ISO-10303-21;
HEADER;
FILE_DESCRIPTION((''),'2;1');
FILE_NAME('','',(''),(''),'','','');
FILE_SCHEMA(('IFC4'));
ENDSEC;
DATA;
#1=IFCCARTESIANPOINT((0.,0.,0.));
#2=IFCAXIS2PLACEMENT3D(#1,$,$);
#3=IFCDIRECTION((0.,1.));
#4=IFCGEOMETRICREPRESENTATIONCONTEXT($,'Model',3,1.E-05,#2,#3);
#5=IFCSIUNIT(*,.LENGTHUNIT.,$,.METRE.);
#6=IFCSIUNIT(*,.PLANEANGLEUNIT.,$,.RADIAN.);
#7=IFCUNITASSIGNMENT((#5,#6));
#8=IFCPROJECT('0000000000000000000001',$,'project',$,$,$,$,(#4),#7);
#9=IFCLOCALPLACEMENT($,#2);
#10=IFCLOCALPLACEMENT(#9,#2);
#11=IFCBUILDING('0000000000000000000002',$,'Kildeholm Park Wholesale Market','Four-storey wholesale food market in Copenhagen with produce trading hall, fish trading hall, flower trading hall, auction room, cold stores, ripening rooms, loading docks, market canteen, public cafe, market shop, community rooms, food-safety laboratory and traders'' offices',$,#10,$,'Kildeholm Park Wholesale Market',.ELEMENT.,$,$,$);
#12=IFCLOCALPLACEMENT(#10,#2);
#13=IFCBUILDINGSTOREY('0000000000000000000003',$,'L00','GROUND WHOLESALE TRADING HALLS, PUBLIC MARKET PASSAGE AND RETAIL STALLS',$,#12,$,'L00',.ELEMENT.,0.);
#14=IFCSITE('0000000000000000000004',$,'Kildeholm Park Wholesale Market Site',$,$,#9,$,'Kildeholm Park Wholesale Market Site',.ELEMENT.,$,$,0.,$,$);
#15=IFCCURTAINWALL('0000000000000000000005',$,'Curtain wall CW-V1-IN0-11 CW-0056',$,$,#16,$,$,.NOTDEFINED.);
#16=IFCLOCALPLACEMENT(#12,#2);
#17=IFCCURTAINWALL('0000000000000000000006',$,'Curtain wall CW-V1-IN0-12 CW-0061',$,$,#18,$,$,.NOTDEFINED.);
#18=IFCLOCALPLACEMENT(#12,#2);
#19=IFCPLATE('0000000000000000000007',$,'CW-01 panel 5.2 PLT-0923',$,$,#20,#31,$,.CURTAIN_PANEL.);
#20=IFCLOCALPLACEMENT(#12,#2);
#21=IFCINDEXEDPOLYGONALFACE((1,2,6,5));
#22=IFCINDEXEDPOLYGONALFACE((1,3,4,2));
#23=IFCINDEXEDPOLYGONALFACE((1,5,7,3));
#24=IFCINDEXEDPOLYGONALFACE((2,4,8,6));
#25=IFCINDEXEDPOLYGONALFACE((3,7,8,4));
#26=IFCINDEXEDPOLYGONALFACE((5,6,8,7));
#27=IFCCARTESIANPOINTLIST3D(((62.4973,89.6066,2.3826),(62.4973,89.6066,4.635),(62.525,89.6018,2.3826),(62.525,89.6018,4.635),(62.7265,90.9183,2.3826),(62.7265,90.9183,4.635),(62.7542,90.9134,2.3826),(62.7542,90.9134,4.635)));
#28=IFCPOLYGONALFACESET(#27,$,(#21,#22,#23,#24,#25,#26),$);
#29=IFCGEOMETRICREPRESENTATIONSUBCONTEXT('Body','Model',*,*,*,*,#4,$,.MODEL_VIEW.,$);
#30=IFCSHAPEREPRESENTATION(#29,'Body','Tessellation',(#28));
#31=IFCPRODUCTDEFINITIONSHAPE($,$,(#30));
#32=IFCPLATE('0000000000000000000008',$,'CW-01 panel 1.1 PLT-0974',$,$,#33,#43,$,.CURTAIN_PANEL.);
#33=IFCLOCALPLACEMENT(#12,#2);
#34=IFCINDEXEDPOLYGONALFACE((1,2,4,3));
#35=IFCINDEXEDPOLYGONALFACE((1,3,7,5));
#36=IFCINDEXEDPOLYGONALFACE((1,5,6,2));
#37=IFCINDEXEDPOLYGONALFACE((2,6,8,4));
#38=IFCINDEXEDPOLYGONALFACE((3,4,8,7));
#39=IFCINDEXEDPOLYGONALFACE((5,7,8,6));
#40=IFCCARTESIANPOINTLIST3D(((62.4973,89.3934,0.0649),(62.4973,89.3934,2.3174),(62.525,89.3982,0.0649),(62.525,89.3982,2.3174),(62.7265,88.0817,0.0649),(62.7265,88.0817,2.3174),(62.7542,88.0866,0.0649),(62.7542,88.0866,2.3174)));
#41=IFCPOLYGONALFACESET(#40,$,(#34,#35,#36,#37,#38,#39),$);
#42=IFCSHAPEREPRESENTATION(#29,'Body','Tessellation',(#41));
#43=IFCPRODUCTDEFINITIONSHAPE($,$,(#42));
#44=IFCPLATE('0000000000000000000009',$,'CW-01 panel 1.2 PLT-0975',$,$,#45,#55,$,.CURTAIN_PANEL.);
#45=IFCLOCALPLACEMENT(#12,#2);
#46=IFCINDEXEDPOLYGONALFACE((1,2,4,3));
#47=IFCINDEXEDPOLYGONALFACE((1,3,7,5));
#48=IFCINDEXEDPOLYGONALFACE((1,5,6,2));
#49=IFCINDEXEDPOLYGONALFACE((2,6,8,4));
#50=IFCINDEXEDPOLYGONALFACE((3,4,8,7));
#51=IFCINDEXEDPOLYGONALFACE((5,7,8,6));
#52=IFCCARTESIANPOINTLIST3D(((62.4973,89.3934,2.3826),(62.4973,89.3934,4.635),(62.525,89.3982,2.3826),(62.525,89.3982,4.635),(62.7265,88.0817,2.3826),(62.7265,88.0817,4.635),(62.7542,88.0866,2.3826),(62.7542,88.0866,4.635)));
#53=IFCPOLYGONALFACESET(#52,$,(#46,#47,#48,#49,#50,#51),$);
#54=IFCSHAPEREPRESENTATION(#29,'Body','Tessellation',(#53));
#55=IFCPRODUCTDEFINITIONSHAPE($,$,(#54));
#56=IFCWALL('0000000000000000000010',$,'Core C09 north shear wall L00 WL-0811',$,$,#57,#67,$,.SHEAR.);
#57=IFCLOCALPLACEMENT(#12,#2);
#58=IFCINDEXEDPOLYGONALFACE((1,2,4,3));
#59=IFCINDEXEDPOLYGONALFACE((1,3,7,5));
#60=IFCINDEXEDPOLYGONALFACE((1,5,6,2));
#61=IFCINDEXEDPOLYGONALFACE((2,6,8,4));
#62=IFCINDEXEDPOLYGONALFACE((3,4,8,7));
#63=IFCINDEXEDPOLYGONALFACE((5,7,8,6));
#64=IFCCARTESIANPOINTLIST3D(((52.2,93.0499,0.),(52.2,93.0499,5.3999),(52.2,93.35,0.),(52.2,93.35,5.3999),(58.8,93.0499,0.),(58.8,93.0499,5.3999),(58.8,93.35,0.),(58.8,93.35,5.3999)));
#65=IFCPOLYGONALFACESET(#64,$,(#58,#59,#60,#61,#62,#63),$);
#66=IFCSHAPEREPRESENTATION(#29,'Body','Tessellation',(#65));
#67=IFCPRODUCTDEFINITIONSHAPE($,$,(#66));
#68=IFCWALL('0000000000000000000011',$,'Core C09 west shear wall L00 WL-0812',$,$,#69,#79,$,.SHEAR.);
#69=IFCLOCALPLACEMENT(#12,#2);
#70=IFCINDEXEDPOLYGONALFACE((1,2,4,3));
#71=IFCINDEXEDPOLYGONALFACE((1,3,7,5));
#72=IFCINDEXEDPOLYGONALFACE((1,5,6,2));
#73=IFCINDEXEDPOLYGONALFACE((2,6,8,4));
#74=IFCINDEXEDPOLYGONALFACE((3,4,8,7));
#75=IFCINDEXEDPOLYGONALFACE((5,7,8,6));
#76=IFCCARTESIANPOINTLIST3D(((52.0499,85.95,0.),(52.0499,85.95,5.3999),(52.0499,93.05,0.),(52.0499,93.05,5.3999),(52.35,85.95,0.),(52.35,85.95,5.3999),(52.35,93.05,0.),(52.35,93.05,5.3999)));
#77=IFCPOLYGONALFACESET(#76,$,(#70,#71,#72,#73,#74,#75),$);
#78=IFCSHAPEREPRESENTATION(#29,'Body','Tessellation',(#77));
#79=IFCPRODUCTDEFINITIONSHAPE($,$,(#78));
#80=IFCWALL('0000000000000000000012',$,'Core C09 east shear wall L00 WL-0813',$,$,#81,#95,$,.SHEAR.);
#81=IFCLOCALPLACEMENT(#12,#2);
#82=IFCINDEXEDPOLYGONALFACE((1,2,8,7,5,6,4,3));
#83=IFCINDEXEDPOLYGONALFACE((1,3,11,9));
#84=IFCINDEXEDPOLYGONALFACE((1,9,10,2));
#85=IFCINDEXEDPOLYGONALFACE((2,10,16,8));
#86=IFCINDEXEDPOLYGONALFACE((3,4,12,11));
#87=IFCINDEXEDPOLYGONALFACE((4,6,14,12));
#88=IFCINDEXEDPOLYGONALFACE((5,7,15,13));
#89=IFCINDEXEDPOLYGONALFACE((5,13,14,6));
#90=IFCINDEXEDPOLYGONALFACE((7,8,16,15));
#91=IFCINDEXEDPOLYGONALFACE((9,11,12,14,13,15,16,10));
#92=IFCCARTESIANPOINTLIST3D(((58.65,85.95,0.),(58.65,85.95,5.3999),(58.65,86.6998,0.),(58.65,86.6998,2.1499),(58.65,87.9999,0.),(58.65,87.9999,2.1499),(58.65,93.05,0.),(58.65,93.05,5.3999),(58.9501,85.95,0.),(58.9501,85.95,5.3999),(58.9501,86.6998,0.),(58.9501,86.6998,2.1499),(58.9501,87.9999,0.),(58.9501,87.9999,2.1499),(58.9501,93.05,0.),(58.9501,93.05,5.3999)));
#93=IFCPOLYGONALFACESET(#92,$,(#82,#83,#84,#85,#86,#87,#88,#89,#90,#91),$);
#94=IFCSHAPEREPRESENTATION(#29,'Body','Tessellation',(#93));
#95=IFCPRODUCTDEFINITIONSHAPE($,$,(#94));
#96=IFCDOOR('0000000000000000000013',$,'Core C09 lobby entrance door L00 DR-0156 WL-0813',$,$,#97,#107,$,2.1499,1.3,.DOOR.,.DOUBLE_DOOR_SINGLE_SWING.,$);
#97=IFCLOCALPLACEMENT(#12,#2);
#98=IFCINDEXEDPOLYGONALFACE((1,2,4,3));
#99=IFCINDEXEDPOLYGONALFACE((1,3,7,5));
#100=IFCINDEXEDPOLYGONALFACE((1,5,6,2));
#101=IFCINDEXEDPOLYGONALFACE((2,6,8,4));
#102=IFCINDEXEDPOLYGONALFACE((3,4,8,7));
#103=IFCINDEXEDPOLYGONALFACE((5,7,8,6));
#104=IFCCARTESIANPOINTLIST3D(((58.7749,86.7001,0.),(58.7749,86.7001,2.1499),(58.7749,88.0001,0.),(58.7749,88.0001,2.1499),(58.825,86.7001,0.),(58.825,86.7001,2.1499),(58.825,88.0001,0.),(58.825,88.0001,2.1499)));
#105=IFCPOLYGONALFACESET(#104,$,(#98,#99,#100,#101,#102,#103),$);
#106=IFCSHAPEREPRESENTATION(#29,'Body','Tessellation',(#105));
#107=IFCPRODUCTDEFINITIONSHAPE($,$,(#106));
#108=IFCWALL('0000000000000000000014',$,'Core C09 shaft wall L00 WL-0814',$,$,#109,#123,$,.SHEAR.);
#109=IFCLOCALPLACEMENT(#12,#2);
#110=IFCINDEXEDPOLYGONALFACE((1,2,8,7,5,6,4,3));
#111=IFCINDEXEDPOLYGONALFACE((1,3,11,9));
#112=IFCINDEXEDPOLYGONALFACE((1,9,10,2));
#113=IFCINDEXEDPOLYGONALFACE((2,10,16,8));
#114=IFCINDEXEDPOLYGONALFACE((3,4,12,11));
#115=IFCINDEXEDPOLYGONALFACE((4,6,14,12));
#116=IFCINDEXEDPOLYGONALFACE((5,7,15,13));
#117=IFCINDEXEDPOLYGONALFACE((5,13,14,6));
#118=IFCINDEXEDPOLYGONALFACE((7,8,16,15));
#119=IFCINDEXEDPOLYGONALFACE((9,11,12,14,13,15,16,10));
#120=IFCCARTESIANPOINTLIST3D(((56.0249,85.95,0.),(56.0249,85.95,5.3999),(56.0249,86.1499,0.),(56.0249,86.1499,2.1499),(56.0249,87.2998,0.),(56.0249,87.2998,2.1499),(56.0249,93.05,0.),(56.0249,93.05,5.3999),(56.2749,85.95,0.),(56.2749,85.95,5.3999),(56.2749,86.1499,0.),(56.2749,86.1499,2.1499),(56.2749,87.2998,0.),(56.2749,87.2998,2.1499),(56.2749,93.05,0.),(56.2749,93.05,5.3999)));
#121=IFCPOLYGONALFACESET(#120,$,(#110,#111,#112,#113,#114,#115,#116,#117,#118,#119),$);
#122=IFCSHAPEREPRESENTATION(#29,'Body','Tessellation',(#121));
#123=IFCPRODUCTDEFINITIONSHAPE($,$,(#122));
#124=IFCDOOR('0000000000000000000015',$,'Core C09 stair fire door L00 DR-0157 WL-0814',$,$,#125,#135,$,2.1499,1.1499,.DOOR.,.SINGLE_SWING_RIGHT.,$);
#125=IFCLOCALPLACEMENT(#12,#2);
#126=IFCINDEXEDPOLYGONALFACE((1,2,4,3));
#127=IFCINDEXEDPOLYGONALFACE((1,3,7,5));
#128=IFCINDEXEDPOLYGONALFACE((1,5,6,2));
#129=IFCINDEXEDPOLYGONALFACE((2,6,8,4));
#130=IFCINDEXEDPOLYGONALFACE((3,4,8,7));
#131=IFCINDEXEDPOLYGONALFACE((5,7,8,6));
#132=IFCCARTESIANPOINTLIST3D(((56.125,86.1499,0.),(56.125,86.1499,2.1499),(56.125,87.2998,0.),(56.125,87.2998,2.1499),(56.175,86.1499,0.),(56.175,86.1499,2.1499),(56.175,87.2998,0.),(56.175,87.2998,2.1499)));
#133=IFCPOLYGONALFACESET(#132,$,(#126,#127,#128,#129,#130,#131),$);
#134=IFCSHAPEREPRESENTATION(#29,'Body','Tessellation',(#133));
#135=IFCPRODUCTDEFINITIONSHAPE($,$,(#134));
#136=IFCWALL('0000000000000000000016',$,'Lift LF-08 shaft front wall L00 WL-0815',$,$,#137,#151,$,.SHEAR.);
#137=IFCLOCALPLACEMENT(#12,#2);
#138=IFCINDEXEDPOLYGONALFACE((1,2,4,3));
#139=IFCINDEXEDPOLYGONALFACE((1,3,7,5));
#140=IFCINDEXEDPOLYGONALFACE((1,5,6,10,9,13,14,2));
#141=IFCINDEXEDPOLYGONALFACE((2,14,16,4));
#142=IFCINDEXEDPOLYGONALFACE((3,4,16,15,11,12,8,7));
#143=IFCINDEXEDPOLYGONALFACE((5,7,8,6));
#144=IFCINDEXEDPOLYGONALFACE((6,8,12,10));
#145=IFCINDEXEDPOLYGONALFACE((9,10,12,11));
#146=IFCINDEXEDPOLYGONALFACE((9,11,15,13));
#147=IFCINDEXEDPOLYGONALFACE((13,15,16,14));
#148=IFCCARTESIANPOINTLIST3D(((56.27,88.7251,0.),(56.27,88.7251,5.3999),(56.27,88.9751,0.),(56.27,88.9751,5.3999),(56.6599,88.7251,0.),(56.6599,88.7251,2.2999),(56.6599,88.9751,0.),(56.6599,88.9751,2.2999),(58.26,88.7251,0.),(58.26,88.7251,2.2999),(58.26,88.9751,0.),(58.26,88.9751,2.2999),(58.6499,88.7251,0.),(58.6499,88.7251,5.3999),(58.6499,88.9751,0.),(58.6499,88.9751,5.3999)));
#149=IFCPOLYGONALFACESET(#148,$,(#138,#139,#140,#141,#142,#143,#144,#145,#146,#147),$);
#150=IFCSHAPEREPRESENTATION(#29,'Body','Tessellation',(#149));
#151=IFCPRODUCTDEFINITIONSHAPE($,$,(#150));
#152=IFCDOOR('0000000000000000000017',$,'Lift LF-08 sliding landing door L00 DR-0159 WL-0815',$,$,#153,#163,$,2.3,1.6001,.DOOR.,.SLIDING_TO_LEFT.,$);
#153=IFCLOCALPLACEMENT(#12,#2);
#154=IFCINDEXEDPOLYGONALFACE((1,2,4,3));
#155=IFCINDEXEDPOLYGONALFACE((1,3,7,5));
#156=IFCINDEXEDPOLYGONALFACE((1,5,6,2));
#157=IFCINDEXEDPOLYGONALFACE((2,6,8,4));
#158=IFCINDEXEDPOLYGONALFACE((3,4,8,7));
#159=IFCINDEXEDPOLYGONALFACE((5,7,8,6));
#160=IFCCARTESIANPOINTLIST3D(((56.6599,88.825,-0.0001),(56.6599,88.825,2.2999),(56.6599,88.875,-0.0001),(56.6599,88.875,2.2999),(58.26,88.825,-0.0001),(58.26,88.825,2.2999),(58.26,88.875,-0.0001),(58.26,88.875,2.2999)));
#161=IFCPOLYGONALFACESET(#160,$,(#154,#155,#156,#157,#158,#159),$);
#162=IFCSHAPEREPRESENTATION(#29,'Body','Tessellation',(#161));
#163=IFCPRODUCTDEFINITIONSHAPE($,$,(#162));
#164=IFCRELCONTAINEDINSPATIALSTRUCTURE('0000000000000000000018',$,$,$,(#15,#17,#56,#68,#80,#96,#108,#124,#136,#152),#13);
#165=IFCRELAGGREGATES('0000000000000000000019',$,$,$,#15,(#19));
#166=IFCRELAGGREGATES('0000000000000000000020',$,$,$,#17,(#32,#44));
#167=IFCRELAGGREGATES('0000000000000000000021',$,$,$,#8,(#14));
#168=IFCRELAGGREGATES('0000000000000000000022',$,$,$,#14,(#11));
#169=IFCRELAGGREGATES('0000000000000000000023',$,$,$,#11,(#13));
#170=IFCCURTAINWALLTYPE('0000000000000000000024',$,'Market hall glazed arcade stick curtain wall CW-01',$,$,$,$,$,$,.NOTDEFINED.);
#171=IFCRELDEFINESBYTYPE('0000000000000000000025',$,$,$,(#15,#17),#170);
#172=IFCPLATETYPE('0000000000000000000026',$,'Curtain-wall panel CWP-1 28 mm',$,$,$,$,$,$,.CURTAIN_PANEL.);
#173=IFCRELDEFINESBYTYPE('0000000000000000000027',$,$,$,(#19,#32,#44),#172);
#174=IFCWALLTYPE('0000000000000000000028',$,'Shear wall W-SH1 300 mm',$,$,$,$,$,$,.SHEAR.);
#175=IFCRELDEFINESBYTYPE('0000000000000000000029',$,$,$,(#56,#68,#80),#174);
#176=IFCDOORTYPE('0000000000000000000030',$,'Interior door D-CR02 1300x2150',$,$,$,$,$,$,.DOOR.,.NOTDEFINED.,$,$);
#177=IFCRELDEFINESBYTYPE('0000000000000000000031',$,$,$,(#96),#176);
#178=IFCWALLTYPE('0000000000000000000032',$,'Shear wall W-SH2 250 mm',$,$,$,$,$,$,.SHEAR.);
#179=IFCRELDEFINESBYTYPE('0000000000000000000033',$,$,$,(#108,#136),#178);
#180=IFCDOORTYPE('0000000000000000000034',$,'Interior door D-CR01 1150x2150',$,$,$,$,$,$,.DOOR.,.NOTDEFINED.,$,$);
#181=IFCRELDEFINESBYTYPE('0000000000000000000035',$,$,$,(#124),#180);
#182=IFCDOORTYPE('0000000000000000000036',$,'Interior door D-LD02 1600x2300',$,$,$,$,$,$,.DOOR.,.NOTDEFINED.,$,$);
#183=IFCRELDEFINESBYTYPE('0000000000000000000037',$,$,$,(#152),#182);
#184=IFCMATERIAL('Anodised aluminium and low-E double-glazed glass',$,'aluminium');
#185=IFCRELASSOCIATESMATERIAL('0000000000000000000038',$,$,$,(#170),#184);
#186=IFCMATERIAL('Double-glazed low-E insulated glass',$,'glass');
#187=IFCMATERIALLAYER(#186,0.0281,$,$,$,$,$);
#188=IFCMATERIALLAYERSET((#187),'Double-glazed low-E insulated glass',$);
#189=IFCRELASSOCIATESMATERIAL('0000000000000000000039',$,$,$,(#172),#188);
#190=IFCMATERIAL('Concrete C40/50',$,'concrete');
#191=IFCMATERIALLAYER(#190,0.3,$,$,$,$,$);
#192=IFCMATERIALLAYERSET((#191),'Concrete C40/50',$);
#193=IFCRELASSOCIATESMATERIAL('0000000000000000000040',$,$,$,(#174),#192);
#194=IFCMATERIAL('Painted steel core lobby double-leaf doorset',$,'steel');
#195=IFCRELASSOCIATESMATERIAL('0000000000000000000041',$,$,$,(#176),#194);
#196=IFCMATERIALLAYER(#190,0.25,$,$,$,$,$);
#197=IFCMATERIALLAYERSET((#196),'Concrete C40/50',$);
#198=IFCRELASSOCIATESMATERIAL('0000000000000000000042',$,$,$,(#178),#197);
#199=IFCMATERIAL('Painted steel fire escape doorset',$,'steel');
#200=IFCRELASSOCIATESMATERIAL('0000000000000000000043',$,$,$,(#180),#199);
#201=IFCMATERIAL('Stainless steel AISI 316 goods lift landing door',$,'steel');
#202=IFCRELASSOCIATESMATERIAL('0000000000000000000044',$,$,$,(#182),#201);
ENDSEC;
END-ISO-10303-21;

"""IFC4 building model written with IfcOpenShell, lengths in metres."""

from ifc_helpers import new_model, si_unit, direction, frame, frame_2d, origin, origin_2d, place, context, subcontext, project, spatial, rectangle, extrude, material, layer, layer_set, type_object, element, fill, aggregate, save


model = new_model("IFC4")

# Units and contexts
model_context = context("Model", 3, precision=1e-05, world=origin(), true_north=direction((0.0, 1.0)))
body_context = subcontext(model_context, "Body", "Model", "MODEL_VIEW")
ifc_project = project(units=[si_unit("LENGTHUNIT", "METRE"), si_unit("PLANEANGLEUNIT", "RADIAN")], contexts=[model_context])

# Site, building, storey
site_placement = place(None, origin())
site = spatial("IfcSite", under=ifc_project, at=site_placement, Name="Kildeholm Park Wholesale Market Site", LongName="Kildeholm Park Wholesale Market Site", CompositionType="ELEMENT", RefElevation=0.0)
building_placement = place(site_placement, origin())
building = spatial("IfcBuilding", under=site, at=building_placement, Name="Kildeholm Park Wholesale Market", Description="Four-storey wholesale food market in Copenhagen with produce trading hall, fish trading hall, flower trading hall, auction room, cold stores, ripening rooms, loading docks, market canteen, public cafe, market shop, community rooms, food-safety laboratory and traders' offices", LongName="Kildeholm Park Wholesale Market", CompositionType="ELEMENT")
storey_placement = place(building_placement, origin())
storey = spatial("IfcBuildingStorey", under=building, at=storey_placement, Name="L00", Description="GROUND WHOLESALE TRADING HALLS, PUBLIC MARKET PASSAGE AND RETAIL STALLS", LongName="L00", CompositionType="ELEMENT", Elevation=0.0)

# Curtain walls
ifc_material_1 = material(Name="Anodised aluminium and low-E double-glazed glass", Category="aluminium")
curtain_wall_type = type_object("IfcCurtainWallType", Name="Market hall glazed arcade stick curtain wall CW-01", PredefinedType="NOTDEFINED", material=ifc_material_1)
curtain_wall_1_placement = place(storey_placement, origin())
curtain_wall_1 = element("IfcCurtainWall", 1, at=curtain_wall_1_placement, inside=storey, type_object=curtain_wall_type, Name="Curtain wall CW-V1-IN0-11 CW-0056", PredefinedType="NOTDEFINED")
curtain_wall_2_placement = place(storey_placement, origin())
curtain_wall_2 = element("IfcCurtainWall", 2, at=curtain_wall_2_placement, inside=storey, type_object=curtain_wall_type, Name="Curtain wall CW-V1-IN0-12 CW-0061", PredefinedType="NOTDEFINED")

# Plates
ifc_material_2 = material(Name="Double-glazed low-E insulated glass", Category="glass")
ifc_layer_1 = layer(ifc_material_2, 0.0281)
ifc_layer_set_1 = layer_set([ifc_layer_1], Name="Double-glazed low-E insulated glass")
plate_type = type_object("IfcPlateType", Name="Curtain-wall panel CWP-1 28 mm", PredefinedType="CURTAIN_PANEL", material=ifc_layer_set_1)
plate_1_placement = place(storey_placement, frame((62.6257, 90.26, 2.3826), z_axis=(0.0, 0.0, 1.0), x_axis=(-0.172133, -0.985074, 0.0)))
plate_1 = element("IfcPlate", 3, at=plate_1_placement, type_object=plate_type, Name="CW-01 panel 5.2 PLT-0923", PredefinedType="CURTAIN_PANEL", context=body_context, shape_type="SweptSolid", body=[
    extrude(rectangle(XDim=1.3315, YDim=0.0281, at=origin_2d()), origin(), (0.0, 0.0, 1.0), 2.2524),
])
aggregate(curtain_wall_1, [plate_1])
plate_2_placement = place(storey_placement, frame((62.6257, 88.74, 0.0649), z_axis=(0.0, 0.0, 1.0), x_axis=(0.172133, -0.985074, 0.0)))
plate_2 = element("IfcPlate", 4, at=plate_2_placement, type_object=plate_type, Name="CW-01 panel 1.1 PLT-0974", PredefinedType="CURTAIN_PANEL", context=body_context, shape_type="SweptSolid", body=[
    extrude(rectangle(XDim=1.3315, YDim=0.0281, at=origin_2d()), origin(), (0.0, 0.0, 1.0), 2.2524),
])
plate_3_placement = place(storey_placement, frame((62.6257, 88.74, 2.3826), z_axis=(0.0, 0.0, 1.0), x_axis=(0.172133, -0.985074, 0.0)))
plate_3 = element("IfcPlate", 5, at=plate_3_placement, type_object=plate_type, Name="CW-01 panel 1.2 PLT-0975", PredefinedType="CURTAIN_PANEL", context=body_context, shape_type="SweptSolid", body=[
    extrude(rectangle(XDim=1.3315, YDim=0.0281, at=origin_2d()), origin(), (0.0, 0.0, 1.0), 2.2524),
])
aggregate(curtain_wall_2, [plate_2, plate_3])

# Walls
ifc_material_3 = material(Name="Concrete C40/50", Category="concrete")
ifc_layer_2 = layer(ifc_material_3, 0.3)
ifc_layer_set_2 = layer_set([ifc_layer_2], Name="Concrete C40/50")
wall_type_1 = type_object("IfcWallType", Name="Shear wall W-SH1 300 mm", PredefinedType="SHEAR", material=ifc_layer_set_2)
wall_1_placement = place(storey_placement, frame((52.2, 93.2, 0.0), z_axis=(0.0, 0.0, 1.0), x_axis=(1.0, 0.0, 0.0)))
element("IfcWall", 6, at=wall_1_placement, inside=storey, type_object=wall_type_1, Name="Core C09 north shear wall L00 WL-0811", PredefinedType="SHEAR", context=body_context, shape_type="SweptSolid", body=[
    extrude(rectangle(XDim=6.6001, YDim=0.3, at=frame_2d((3.3, 0.0))), origin(), (0.0, 0.0, 1.0), 5.3999),
])
wall_2_placement = place(storey_placement, frame((52.2, 85.95, 0.0), z_axis=(0.0, 0.0, 1.0), x_axis=(0.0, 1.0, 0.0)))
element("IfcWall", 7, at=wall_2_placement, inside=storey, type_object=wall_type_1, Name="Core C09 west shear wall L00 WL-0812", PredefinedType="SHEAR", context=body_context, shape_type="SweptSolid", body=[
    extrude(rectangle(XDim=7.1001, YDim=0.3, at=frame_2d((3.55, 0.0))), origin(), (0.0, 0.0, 1.0), 5.3999),
])

# Walls, openings, doors
wall_3_placement = place(storey_placement, frame((58.8, 85.95, 0.0), z_axis=(0.0, 0.0, 1.0), x_axis=(0.0, 1.0, 0.0)))
wall_3 = element("IfcWall", 8, at=wall_3_placement, inside=storey, type_object=wall_type_1, Name="Core C09 east shear wall L00 WL-0813", PredefinedType="SHEAR", context=body_context, shape_type="SweptSolid", body=[
    extrude(rectangle(XDim=7.1001, YDim=0.3, at=frame_2d((3.55, 0.0))), origin(), (0.0, 0.0, 1.0), 5.3999),
])
opening_1_placement = place(wall_3_placement, frame((0.75, 0.0, 0.0)))
opening_1 = element("IfcOpeningElement", 9, at=opening_1_placement, cuts=wall_3, PredefinedType="OPENING", context=body_context, shape_type="SweptSolid", body=[
    extrude(rectangle(XDim=1.3, YDim=2.1499, at=frame_2d((0.6499, 1.075))), frame((0.0, 0.1599, 0.0), z_axis=(0.0, -1.0, 0.0), x_axis=(1.0, 0.0, 0.0)), (0.0, 0.0, 1.0), 0.3201),
])
ifc_material_4 = material(Name="Painted steel core lobby double-leaf doorset", Category="steel")
door_type_1 = type_object("IfcDoorType", Name="Interior door D-CR02 1300x2150", OperationType="NOTDEFINED", PredefinedType="DOOR", material=ifc_material_4)
door_1_placement = place(opening_1_placement, frame((1.3, 0.0, 0.0), z_axis=(0.0, 0.0, 1.0), x_axis=(-1.0, 0.0, 0.0)))
door_1 = element("IfcDoor", 10, at=door_1_placement, inside=storey, type_object=door_type_1, Name="Core C09 lobby entrance door L00 DR-0156 WL-0813", OperationType="DOUBLE_DOOR_SINGLE_SWING", OverallHeight=2.1499, OverallWidth=1.3, PredefinedType="DOOR", context=body_context, shape_type="SweptSolid", body=[
    extrude(rectangle(XDim=1.3, YDim=2.1499, at=frame_2d((0.6499, 1.075))), frame((0.0, 0.0249, 0.0), z_axis=(0.0, -1.0, 0.0), x_axis=(1.0, 0.0, 0.0)), (0.0, 0.0, 1.0), 0.05),
])
fill(opening_1, door_1)
ifc_layer_3 = layer(ifc_material_3, 0.25)
ifc_layer_set_3 = layer_set([ifc_layer_3], Name="Concrete C40/50")
wall_type_2 = type_object("IfcWallType", Name="Shear wall W-SH2 250 mm", PredefinedType="SHEAR", material=ifc_layer_set_3)
wall_4_placement = place(storey_placement, frame((56.1499, 85.95, 0.0), z_axis=(0.0, 0.0, 1.0), x_axis=(0.0, 1.0, 0.0)))
wall_4 = element("IfcWall", 11, at=wall_4_placement, inside=storey, type_object=wall_type_2, Name="Core C09 shaft wall L00 WL-0814", PredefinedType="SHEAR", context=body_context, shape_type="SweptSolid", body=[
    extrude(rectangle(XDim=7.1001, YDim=0.25, at=frame_2d((3.55, 0.0))), origin(), (0.0, 0.0, 1.0), 5.3999),
])
opening_2_placement = place(wall_4_placement, frame((0.2, 0.0, 0.0)))
opening_2 = element("IfcOpeningElement", 12, at=opening_2_placement, cuts=wall_4, PredefinedType="OPENING", context=body_context, shape_type="SweptSolid", body=[
    extrude(rectangle(XDim=1.1499, YDim=2.1499, at=frame_2d((0.575, 1.075))), frame((0.0, 0.135, 0.0), z_axis=(0.0, -1.0, 0.0), x_axis=(1.0, 0.0, 0.0)), (0.0, 0.0, 1.0), 0.27),
])
ifc_material_5 = material(Name="Painted steel fire escape doorset", Category="steel")
door_type_2 = type_object("IfcDoorType", Name="Interior door D-CR01 1150x2150", OperationType="NOTDEFINED", PredefinedType="DOOR", material=ifc_material_5)
door_2_placement = place(opening_2_placement, origin())
door_2 = element("IfcDoor", 13, at=door_2_placement, inside=storey, type_object=door_type_2, Name="Core C09 stair fire door L00 DR-0157 WL-0814", OperationType="SINGLE_SWING_RIGHT", OverallHeight=2.1499, OverallWidth=1.1499, PredefinedType="DOOR", context=body_context, shape_type="SweptSolid", body=[
    extrude(rectangle(XDim=1.1499, YDim=2.1499, at=frame_2d((0.575, 1.075))), frame((0.0, 0.0249, 0.0), z_axis=(0.0, -1.0, 0.0), x_axis=(1.0, 0.0, 0.0)), (0.0, 0.0, 1.0), 0.05),
])
fill(opening_2, door_2)
wall_5_placement = place(storey_placement, frame((56.27, 88.8501, 0.0), z_axis=(0.0, 0.0, 1.0), x_axis=(1.0, 0.0, 0.0)))
wall_5 = element("IfcWall", 14, at=wall_5_placement, inside=storey, type_object=wall_type_2, Name="Lift LF-08 shaft front wall L00 WL-0815", PredefinedType="SHEAR", context=body_context, shape_type="SweptSolid", body=[
    extrude(rectangle(XDim=2.3799, YDim=0.25, at=frame_2d((1.1899, 0.0))), origin(), (0.0, 0.0, 1.0), 5.3999),
])
opening_3_placement = place(wall_5_placement, frame((0.3899, 0.0, 0.0)))
opening_3 = element("IfcOpeningElement", 15, at=opening_3_placement, cuts=wall_5, PredefinedType="OPENING", context=body_context, shape_type="SweptSolid", body=[
    extrude(rectangle(XDim=1.6001, YDim=2.3, at=frame_2d((0.8, 1.1499))), frame((0.0, 0.135, 0.0), z_axis=(0.0, -1.0, 0.0), x_axis=(1.0, 0.0, 0.0)), (0.0, 0.0, 1.0), 0.27),
])
ifc_material_6 = material(Name="Stainless steel AISI 316 goods lift landing door", Category="steel")
door_type_3 = type_object("IfcDoorType", Name="Interior door D-LD02 1600x2300", OperationType="NOTDEFINED", PredefinedType="DOOR", material=ifc_material_6)
door_3_placement = place(opening_3_placement, origin())
door_3 = element("IfcDoor", 16, at=door_3_placement, inside=storey, type_object=door_type_3, Name="Lift LF-08 sliding landing door L00 DR-0159 WL-0815", OperationType="SLIDING_TO_LEFT", OverallHeight=2.3, OverallWidth=1.6001, PredefinedType="DOOR", context=body_context, shape_type="SweptSolid", body=[
    extrude(rectangle(XDim=1.6001, YDim=2.3, at=frame_2d((0.8, 1.1499))), frame((0.0, 0.0249, 0.0), z_axis=(0.0, -1.0, 0.0), x_axis=(1.0, 0.0, 0.0)), (0.0, 0.0, 1.0), 0.05),
])
fill(opening_3, door_3)

save(model, "model.ifc")
